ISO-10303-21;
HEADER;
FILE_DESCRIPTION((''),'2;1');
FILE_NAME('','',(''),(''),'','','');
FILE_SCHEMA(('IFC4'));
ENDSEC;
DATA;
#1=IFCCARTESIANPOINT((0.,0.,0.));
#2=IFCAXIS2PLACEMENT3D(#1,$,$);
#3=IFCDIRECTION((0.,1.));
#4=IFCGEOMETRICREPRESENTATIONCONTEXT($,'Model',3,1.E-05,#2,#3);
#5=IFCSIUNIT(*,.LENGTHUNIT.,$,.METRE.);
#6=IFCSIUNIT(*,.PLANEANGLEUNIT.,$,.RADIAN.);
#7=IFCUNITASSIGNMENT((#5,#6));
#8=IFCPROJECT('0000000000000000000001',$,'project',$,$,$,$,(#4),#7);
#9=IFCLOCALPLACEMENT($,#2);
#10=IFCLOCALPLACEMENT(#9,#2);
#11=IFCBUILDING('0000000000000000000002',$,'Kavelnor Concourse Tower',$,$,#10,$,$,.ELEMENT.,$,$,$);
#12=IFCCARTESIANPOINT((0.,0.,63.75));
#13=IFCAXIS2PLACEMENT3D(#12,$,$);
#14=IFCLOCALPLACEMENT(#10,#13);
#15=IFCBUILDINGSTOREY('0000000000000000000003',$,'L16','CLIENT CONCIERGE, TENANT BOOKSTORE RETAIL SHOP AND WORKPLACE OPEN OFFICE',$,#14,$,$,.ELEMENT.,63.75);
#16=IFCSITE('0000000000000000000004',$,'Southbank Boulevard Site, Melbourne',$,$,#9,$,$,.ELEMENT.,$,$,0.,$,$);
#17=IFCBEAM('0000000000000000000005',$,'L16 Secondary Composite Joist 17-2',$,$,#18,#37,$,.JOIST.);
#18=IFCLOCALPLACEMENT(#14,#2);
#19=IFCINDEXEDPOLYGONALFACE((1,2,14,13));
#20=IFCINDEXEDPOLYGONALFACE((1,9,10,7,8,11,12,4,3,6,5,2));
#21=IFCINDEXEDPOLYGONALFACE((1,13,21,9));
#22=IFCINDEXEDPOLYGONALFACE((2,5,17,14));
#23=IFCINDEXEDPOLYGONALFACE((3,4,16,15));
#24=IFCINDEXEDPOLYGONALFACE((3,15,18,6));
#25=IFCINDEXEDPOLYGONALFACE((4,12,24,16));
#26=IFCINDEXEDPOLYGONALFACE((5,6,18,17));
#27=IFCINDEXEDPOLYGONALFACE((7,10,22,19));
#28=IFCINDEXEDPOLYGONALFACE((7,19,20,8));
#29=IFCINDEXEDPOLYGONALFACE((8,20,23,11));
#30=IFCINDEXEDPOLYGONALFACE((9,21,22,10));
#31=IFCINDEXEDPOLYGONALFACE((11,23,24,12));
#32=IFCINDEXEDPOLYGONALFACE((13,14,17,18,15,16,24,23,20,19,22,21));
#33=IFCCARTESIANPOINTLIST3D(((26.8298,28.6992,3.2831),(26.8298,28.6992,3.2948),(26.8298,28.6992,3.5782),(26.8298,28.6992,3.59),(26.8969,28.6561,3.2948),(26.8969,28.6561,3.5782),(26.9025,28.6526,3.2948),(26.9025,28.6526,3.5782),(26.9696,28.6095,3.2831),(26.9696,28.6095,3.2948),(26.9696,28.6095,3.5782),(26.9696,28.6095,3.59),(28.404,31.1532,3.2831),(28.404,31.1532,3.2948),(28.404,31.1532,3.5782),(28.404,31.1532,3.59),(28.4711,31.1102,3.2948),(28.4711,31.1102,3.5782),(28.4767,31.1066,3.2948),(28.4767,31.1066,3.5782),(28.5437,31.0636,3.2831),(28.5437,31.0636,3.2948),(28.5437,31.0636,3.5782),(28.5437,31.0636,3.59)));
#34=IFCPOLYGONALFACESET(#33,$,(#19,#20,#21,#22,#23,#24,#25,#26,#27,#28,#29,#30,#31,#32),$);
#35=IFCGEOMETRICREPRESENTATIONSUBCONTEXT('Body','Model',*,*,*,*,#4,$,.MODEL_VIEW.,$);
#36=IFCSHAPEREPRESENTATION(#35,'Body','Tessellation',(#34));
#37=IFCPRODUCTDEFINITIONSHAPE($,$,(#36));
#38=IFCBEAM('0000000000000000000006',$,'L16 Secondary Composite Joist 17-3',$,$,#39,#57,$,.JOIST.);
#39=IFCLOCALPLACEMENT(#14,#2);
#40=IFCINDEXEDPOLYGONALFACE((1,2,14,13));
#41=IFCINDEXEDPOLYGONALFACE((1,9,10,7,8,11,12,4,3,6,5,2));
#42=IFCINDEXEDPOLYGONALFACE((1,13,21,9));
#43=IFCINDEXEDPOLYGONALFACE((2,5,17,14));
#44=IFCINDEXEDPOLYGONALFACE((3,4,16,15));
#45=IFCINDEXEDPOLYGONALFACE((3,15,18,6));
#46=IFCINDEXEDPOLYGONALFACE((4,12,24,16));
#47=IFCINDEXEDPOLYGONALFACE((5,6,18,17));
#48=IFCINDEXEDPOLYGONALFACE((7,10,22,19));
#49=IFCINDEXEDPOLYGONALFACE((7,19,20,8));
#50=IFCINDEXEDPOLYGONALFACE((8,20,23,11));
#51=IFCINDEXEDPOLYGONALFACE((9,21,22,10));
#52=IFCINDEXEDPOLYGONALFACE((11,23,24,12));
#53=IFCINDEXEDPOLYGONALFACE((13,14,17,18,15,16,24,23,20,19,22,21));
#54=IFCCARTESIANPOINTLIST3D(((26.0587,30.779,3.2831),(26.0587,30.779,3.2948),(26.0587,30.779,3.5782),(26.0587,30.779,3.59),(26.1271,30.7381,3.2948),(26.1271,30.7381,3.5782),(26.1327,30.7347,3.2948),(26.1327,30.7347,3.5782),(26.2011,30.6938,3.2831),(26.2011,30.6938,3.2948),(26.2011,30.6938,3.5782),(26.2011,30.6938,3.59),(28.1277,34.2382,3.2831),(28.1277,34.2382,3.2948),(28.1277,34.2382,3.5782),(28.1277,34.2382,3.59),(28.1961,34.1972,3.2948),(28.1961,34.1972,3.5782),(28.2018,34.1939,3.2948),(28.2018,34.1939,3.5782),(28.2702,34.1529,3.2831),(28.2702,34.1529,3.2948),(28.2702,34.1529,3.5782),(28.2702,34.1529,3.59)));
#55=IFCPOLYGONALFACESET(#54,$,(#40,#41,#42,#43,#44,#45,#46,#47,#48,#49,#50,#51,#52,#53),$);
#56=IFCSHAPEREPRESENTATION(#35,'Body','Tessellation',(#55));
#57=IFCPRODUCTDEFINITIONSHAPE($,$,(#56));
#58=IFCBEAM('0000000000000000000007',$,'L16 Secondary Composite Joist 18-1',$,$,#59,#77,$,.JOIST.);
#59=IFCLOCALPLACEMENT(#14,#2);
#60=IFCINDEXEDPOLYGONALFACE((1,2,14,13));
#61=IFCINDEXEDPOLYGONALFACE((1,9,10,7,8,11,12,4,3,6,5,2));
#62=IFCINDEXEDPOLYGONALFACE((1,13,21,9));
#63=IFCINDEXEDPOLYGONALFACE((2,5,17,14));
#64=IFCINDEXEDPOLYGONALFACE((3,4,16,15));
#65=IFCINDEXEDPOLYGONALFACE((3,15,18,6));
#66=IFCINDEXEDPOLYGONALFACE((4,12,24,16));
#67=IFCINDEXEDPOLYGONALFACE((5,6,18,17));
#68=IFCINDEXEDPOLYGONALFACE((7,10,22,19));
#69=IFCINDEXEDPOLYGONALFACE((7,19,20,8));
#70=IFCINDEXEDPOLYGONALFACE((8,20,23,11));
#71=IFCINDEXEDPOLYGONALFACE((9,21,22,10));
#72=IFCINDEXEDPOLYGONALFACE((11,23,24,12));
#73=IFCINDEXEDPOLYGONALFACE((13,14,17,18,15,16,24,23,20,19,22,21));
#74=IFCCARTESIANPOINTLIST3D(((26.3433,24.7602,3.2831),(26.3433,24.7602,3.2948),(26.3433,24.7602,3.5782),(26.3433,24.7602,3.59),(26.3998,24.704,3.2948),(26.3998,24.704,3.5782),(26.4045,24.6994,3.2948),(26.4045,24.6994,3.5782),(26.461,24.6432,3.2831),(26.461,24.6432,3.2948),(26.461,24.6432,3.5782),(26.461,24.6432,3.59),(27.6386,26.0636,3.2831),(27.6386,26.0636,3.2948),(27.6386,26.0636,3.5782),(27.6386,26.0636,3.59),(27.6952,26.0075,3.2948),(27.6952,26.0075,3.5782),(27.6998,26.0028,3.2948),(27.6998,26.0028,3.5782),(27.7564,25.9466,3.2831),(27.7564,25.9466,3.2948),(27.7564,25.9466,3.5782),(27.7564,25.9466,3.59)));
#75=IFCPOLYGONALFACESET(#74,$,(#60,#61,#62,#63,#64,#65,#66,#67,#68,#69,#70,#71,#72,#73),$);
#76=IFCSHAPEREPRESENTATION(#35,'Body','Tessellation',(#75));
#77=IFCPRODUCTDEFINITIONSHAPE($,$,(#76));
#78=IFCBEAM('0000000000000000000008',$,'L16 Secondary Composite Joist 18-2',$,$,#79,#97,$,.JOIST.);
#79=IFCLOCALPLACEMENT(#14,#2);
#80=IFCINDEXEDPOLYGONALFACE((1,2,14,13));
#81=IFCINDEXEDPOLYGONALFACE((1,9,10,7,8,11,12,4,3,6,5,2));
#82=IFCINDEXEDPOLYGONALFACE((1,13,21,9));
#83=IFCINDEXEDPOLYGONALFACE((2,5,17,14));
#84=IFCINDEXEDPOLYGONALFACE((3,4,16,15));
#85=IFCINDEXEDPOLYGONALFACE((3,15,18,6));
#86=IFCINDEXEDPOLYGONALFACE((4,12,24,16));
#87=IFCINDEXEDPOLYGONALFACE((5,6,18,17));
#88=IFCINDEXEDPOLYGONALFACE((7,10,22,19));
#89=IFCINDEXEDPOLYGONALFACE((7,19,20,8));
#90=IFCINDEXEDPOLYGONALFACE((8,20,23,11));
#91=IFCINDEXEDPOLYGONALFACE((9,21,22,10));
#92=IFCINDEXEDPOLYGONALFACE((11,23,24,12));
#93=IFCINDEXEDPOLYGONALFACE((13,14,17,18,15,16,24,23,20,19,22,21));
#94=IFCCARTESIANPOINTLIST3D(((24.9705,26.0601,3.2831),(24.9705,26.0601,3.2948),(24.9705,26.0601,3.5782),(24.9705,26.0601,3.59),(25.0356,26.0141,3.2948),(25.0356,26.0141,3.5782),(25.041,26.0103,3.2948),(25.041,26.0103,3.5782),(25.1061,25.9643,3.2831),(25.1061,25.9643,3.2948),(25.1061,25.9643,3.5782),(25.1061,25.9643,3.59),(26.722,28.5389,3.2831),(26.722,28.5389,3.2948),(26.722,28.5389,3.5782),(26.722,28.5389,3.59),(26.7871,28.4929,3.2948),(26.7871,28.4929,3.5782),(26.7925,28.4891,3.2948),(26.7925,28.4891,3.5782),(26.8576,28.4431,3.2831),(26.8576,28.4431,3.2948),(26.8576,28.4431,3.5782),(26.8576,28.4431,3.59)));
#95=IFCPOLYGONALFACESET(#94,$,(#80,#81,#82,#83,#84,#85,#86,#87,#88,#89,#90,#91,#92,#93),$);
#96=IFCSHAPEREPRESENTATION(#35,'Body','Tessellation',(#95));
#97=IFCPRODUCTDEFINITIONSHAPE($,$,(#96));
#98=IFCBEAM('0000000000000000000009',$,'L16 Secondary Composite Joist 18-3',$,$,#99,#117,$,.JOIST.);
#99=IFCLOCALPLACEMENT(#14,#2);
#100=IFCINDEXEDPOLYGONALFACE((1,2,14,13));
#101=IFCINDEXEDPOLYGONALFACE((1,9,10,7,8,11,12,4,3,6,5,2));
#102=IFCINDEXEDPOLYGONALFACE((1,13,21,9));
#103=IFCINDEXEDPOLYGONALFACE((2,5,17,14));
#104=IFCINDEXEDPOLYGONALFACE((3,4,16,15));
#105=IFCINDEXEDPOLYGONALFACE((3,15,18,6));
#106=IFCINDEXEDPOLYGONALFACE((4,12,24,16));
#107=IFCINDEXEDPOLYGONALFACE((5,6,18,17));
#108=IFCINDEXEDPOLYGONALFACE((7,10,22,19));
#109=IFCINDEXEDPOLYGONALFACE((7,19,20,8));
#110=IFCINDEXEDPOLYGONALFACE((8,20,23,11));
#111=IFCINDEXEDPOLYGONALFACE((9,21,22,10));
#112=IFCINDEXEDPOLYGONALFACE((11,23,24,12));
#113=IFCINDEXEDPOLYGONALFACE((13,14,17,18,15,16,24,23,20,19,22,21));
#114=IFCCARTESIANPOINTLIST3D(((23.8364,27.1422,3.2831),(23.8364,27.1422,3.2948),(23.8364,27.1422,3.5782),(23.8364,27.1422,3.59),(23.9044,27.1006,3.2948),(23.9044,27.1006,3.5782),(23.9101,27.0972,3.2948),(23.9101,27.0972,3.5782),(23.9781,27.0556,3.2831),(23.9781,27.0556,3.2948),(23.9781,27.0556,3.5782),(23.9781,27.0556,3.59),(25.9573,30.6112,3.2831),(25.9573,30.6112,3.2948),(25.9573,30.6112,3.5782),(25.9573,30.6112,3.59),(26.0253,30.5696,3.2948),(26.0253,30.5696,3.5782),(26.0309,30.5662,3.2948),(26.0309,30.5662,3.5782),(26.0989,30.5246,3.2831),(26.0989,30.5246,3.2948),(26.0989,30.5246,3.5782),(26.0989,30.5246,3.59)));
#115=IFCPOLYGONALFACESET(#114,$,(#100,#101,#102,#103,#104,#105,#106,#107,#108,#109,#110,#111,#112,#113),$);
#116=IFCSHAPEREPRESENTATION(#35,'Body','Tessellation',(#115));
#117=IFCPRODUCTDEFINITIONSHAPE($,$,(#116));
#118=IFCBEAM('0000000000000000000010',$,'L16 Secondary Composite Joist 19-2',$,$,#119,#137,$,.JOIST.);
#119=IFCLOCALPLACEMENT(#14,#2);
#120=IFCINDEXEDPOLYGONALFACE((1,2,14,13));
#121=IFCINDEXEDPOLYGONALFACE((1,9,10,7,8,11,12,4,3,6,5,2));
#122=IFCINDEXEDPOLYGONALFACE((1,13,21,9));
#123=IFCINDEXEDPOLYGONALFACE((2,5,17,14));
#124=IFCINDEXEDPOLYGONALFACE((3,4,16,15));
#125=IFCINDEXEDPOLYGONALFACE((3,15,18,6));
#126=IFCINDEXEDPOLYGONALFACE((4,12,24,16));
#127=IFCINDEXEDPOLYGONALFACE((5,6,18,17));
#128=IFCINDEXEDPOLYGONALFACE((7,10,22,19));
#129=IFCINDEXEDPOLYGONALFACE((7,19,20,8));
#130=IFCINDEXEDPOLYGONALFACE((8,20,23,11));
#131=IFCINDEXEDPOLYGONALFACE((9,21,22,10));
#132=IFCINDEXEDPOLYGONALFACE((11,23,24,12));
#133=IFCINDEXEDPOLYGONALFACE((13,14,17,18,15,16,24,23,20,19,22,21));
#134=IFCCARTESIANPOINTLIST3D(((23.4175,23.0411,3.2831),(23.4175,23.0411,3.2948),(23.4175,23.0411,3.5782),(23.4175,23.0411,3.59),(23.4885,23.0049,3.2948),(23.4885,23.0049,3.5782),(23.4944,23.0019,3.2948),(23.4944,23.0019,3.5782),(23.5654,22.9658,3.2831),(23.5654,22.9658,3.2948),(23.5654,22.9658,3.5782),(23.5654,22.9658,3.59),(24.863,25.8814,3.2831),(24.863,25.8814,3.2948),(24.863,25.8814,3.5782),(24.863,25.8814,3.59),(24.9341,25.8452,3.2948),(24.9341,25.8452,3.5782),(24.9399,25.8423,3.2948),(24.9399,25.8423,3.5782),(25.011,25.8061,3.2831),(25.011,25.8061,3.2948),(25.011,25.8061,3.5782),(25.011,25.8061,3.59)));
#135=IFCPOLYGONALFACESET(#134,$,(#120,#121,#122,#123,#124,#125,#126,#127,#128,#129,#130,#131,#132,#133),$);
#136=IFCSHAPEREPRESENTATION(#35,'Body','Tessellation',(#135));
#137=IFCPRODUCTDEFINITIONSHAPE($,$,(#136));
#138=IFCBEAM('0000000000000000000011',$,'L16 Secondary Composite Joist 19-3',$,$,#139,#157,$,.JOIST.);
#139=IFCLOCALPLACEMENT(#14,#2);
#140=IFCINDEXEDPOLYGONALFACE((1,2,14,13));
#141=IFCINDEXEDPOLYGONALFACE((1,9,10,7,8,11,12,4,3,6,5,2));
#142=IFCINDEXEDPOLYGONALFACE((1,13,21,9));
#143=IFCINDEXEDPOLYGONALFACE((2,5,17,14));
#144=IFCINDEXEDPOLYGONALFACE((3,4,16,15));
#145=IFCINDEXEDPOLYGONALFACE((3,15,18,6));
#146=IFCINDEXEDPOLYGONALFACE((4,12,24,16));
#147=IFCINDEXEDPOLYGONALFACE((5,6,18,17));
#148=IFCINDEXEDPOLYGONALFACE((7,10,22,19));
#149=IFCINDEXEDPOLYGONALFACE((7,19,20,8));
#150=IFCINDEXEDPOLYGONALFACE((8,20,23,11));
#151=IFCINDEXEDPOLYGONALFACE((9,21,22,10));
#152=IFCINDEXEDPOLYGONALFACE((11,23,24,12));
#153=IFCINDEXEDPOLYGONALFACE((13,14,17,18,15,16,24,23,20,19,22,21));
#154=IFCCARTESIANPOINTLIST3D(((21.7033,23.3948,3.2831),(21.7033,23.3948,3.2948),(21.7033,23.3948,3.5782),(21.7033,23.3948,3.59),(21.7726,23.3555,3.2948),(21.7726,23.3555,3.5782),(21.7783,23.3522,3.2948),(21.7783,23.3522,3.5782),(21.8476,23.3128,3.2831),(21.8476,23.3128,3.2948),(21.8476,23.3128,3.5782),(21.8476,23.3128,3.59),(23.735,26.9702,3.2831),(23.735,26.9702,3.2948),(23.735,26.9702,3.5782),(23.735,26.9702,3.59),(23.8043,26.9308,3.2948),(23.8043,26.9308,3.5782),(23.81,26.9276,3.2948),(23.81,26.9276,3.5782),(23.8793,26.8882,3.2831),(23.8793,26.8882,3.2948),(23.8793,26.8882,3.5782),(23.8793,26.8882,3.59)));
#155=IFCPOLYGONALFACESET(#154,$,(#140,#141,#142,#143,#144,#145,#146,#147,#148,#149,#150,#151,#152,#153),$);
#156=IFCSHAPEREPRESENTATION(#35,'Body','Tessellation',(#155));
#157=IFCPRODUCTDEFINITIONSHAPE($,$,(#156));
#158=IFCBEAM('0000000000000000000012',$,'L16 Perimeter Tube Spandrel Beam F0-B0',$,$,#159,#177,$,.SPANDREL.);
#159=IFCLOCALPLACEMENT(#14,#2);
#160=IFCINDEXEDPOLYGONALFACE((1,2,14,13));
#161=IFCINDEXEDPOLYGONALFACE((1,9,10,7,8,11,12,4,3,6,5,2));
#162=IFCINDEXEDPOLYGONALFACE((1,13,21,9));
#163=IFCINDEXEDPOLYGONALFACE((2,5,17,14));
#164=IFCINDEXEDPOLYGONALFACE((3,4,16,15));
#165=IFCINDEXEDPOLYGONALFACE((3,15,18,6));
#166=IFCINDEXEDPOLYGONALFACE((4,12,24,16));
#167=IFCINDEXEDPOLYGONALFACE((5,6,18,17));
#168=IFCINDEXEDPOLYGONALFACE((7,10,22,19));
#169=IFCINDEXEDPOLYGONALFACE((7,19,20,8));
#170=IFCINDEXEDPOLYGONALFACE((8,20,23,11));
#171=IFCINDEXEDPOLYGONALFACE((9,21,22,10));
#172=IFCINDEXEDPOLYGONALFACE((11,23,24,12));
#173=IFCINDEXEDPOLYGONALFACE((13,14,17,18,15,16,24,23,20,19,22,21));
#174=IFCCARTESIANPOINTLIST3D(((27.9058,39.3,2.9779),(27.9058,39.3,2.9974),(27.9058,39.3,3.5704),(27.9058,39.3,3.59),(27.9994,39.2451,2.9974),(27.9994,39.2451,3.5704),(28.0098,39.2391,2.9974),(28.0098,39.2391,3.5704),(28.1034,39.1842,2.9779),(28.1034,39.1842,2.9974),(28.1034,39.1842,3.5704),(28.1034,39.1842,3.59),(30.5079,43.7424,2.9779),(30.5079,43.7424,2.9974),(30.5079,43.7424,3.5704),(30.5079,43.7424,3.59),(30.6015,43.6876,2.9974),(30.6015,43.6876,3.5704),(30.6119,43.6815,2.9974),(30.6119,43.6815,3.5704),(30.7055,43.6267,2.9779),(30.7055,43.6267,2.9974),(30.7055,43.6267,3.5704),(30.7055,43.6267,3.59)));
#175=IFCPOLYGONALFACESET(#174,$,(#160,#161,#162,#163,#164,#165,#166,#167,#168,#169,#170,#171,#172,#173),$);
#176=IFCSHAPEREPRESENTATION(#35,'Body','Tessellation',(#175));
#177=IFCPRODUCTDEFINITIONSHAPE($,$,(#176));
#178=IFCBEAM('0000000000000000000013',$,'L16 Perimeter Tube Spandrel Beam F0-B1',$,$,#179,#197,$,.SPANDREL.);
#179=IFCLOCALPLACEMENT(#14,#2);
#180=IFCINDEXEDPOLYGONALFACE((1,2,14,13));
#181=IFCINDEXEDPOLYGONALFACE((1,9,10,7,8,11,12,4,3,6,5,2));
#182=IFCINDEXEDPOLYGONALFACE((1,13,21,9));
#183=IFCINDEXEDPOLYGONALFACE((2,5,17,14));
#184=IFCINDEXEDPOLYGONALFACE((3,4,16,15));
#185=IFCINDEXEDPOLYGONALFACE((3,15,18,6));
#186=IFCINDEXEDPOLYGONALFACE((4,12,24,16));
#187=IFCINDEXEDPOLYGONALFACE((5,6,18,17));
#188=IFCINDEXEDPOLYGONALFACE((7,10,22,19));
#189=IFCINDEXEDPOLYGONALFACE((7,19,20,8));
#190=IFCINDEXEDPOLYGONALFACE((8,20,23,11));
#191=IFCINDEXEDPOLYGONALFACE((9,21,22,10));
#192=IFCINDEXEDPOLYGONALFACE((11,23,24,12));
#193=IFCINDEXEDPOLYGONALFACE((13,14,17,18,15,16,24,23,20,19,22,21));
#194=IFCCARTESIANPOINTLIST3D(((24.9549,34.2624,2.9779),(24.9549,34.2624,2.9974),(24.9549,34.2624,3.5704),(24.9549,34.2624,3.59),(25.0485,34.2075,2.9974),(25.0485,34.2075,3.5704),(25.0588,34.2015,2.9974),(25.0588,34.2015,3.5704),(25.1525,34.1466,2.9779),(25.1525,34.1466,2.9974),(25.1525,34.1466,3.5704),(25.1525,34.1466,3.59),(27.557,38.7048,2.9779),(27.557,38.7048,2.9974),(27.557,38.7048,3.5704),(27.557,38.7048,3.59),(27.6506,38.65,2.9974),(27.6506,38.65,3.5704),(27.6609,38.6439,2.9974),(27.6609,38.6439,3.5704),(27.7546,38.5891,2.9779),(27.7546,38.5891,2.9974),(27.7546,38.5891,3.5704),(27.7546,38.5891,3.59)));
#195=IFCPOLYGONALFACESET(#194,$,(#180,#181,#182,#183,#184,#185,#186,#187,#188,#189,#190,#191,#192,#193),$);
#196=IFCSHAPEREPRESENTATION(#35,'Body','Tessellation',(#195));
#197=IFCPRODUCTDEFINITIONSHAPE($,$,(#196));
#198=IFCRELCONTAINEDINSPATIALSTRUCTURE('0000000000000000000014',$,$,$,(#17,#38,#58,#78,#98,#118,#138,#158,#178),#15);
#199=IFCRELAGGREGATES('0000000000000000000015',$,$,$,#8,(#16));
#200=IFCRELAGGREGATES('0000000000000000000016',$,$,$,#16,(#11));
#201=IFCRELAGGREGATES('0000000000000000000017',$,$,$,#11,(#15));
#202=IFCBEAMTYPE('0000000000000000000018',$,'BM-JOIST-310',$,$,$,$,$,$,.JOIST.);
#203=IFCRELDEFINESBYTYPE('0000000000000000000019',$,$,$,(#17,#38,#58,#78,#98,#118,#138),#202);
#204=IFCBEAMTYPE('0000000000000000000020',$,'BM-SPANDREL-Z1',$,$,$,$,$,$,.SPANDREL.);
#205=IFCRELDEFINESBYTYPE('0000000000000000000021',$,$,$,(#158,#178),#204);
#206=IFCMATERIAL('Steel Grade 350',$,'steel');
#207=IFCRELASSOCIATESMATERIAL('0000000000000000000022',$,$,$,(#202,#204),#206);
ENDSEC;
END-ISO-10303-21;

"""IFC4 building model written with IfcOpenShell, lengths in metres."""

from ifc_helpers import new_model, si_unit, direction, frame, origin, origin_2d, place, context, subcontext, project, spatial, i_section, extrude, material, material_profile, profile_set, type_object, element, save


model = new_model("IFC4")

# Units and contexts
model_context = context("Model", 3, precision=1e-05, world=origin(), true_north=direction((0.0, 1.0)))
body_context = subcontext(model_context, "Body", "Model", "MODEL_VIEW")
ifc_project = project(units=[si_unit("LENGTHUNIT", "METRE"), si_unit("PLANEANGLEUNIT", "RADIAN")], contexts=[model_context])

# Site, building, storey
site_placement = place(None, origin())
site = spatial("IfcSite", under=ifc_project, at=site_placement, Name="Southbank Boulevard Site, Melbourne", CompositionType="ELEMENT", RefElevation=0.0)
building_placement = place(site_placement, origin())
building = spatial("IfcBuilding", under=site, at=building_placement, Name="Kavelnor Concourse Tower", CompositionType="ELEMENT")
storey_placement = place(building_placement, frame((0.0, 0.0, 63.75)))
storey = spatial("IfcBuildingStorey", under=building, at=storey_placement, Name="L16", Description="CLIENT CONCIERGE, TENANT BOOKSTORE RETAIL SHOP AND WORKPLACE OPEN OFFICE", CompositionType="ELEMENT", Elevation=63.75)

# Shared definitions
ifc_material_1 = material(Name="Steel Grade 350", Category="steel")

# Beams
ifc_material_profile_1 = material_profile(ifc_material_1, i_section(OverallWidth=0.166, OverallDepth=0.3069, WebThickness=0.0066, FlangeThickness=0.0117, at=origin_2d()), Name="310UB46")
ifc_profile_set_1 = profile_set([ifc_material_profile_1], Name="Steel Grade 350")
beam_type_1 = type_object("IfcBeamType", Name="BM-JOIST-310", PredefinedType="JOIST", material=ifc_profile_set_1)
beam_1_placement = place(storey_placement, frame((28.4739, 31.1084, 3.4365), z_axis=(-0.539928, -0.841711, 0.0), x_axis=(0.841711, -0.539928, 0.0)))
element("IfcBeam", 1, at=beam_1_placement, inside=storey, type_object=beam_type_1, Name="L16 Secondary Composite Joist 17-2", PredefinedType="JOIST", context=body_context, shape_type="SweptSolid", body=[
    extrude(i_section(OverallWidth=0.166, OverallDepth=0.3069, WebThickness=0.0066, FlangeThickness=0.0117, at=origin_2d()), origin(), (0.0, 0.0, 1.0), 2.9155),
])
beam_2_placement = place(storey_placement, frame((28.199, 34.1956, 3.4365), z_axis=(-0.51332, -0.858198, 0.0), x_axis=(0.858198, -0.51332, 0.0)))
element("IfcBeam", 2, at=beam_2_placement, inside=storey, type_object=beam_type_1, Name="L16 Secondary Composite Joist 17-3", PredefinedType="JOIST", context=body_context, shape_type="SweptSolid", body=[
    extrude(i_section(OverallWidth=0.166, OverallDepth=0.3069, WebThickness=0.0066, FlangeThickness=0.0117, at=origin_2d()), origin(), (0.0, 0.0, 1.0), 4.0308),
])
beam_3_placement = place(storey_placement, frame((27.6975, 26.0051, 3.4365), z_axis=(-0.704911, -0.709295, 0.0), x_axis=(0.709295, -0.704911, 0.0)))
element("IfcBeam", 3, at=beam_3_placement, inside=storey, type_object=beam_type_1, Name="L16 Secondary Composite Joist 18-1", PredefinedType="JOIST", context=body_context, shape_type="SweptSolid", body=[
    extrude(i_section(OverallWidth=0.166, OverallDepth=0.3069, WebThickness=0.0066, FlangeThickness=0.0117, at=origin_2d()), origin(), (0.0, 0.0, 1.0), 1.8376),
])
beam_4_placement = place(storey_placement, frame((26.7898, 28.491, 3.4365), z_axis=(-0.577068, -0.816696, 0.0), x_axis=(0.816696, -0.577068, 0.0)))
element("IfcBeam", 4, at=beam_4_placement, inside=storey, type_object=beam_type_1, Name="L16 Secondary Composite Joist 18-2", PredefinedType="JOIST", context=body_context, shape_type="SweptSolid", body=[
    extrude(i_section(OverallWidth=0.166, OverallDepth=0.3069, WebThickness=0.0066, FlangeThickness=0.0117, at=origin_2d()), origin(), (0.0, 0.0, 1.0), 3.0352),
])
beam_5_placement = place(storey_placement, frame((26.0281, 30.5679, 3.4365), z_axis=(-0.521613, -0.853182, 0.0), x_axis=(0.853182, -0.521613, 0.0)))
element("IfcBeam", 5, at=beam_5_placement, inside=storey, type_object=beam_type_1, Name="L16 Secondary Composite Joist 18-3", PredefinedType="JOIST", context=body_context, shape_type="SweptSolid", body=[
    extrude(i_section(OverallWidth=0.166, OverallDepth=0.3069, WebThickness=0.0066, FlangeThickness=0.0117, at=origin_2d()), origin(), (0.0, 0.0, 1.0), 4.0659),
])
beam_6_placement = place(storey_placement, frame((24.937, 25.8438, 3.4365), z_axis=(-0.453576, -0.891218, 0.0), x_axis=(0.891218, -0.453576, 0.0)))
element("IfcBeam", 6, at=beam_6_placement, inside=storey, type_object=beam_type_1, Name="L16 Secondary Composite Joist 19-2", PredefinedType="JOIST", context=body_context, shape_type="SweptSolid", body=[
    extrude(i_section(OverallWidth=0.166, OverallDepth=0.3069, WebThickness=0.0066, FlangeThickness=0.0117, at=origin_2d()), origin(), (0.0, 0.0, 1.0), 3.187),
])
beam_7_placement = place(storey_placement, frame((23.8071, 26.9292, 3.4365), z_axis=(-0.494053, -0.869432, 0.0), x_axis=(0.869432, -0.494053, 0.0)))
element("IfcBeam", 7, at=beam_7_placement, inside=storey, type_object=beam_type_1, Name="L16 Secondary Composite Joist 19-3", PredefinedType="JOIST", context=body_context, shape_type="SweptSolid", body=[
    extrude(i_section(OverallWidth=0.166, OverallDepth=0.3069, WebThickness=0.0066, FlangeThickness=0.0117, at=origin_2d()), origin(), (0.0, 0.0, 1.0), 4.1123),
])
ifc_material_profile_2 = material_profile(ifc_material_1, i_section(OverallWidth=0.229, OverallDepth=0.6121, WebThickness=0.012, FlangeThickness=0.0195, at=origin_2d()), Name="610UB125")
ifc_profile_set_2 = profile_set([ifc_material_profile_2], Name="Steel Grade 350")
beam_type_2 = type_object("IfcBeamType", Name="BM-SPANDREL-Z1", PredefinedType="SPANDREL", material=ifc_profile_set_2)
for number, where, z_axis, x_axis, name in (
    (8, (30.6067, 43.6846, 3.2839), (-0.505415, -0.862876, 0.0), (0.862876, -0.505415, 0.0), "L16 Perimeter Tube Spandrel Beam F0-B0"),
    (9, (27.6558, 38.647, 3.2839), (-0.505415, -0.862876, 0.0), (0.862876, -0.505415, 0.0), "L16 Perimeter Tube Spandrel Beam F0-B1"),
):
    element("IfcBeam", number, at=place(storey_placement, frame(where, z_axis=z_axis, x_axis=x_axis)), inside=storey, type_object=beam_type_2, Name=name, PredefinedType="SPANDREL", context=body_context, shape_type="SweptSolid", body=[
        extrude(i_section(OverallWidth=0.229, OverallDepth=0.6121, WebThickness=0.012, FlangeThickness=0.0195, at=origin_2d()), origin(), (0.0, 0.0, 1.0), 5.1484),
    ])

save(model, "model.ifc")
